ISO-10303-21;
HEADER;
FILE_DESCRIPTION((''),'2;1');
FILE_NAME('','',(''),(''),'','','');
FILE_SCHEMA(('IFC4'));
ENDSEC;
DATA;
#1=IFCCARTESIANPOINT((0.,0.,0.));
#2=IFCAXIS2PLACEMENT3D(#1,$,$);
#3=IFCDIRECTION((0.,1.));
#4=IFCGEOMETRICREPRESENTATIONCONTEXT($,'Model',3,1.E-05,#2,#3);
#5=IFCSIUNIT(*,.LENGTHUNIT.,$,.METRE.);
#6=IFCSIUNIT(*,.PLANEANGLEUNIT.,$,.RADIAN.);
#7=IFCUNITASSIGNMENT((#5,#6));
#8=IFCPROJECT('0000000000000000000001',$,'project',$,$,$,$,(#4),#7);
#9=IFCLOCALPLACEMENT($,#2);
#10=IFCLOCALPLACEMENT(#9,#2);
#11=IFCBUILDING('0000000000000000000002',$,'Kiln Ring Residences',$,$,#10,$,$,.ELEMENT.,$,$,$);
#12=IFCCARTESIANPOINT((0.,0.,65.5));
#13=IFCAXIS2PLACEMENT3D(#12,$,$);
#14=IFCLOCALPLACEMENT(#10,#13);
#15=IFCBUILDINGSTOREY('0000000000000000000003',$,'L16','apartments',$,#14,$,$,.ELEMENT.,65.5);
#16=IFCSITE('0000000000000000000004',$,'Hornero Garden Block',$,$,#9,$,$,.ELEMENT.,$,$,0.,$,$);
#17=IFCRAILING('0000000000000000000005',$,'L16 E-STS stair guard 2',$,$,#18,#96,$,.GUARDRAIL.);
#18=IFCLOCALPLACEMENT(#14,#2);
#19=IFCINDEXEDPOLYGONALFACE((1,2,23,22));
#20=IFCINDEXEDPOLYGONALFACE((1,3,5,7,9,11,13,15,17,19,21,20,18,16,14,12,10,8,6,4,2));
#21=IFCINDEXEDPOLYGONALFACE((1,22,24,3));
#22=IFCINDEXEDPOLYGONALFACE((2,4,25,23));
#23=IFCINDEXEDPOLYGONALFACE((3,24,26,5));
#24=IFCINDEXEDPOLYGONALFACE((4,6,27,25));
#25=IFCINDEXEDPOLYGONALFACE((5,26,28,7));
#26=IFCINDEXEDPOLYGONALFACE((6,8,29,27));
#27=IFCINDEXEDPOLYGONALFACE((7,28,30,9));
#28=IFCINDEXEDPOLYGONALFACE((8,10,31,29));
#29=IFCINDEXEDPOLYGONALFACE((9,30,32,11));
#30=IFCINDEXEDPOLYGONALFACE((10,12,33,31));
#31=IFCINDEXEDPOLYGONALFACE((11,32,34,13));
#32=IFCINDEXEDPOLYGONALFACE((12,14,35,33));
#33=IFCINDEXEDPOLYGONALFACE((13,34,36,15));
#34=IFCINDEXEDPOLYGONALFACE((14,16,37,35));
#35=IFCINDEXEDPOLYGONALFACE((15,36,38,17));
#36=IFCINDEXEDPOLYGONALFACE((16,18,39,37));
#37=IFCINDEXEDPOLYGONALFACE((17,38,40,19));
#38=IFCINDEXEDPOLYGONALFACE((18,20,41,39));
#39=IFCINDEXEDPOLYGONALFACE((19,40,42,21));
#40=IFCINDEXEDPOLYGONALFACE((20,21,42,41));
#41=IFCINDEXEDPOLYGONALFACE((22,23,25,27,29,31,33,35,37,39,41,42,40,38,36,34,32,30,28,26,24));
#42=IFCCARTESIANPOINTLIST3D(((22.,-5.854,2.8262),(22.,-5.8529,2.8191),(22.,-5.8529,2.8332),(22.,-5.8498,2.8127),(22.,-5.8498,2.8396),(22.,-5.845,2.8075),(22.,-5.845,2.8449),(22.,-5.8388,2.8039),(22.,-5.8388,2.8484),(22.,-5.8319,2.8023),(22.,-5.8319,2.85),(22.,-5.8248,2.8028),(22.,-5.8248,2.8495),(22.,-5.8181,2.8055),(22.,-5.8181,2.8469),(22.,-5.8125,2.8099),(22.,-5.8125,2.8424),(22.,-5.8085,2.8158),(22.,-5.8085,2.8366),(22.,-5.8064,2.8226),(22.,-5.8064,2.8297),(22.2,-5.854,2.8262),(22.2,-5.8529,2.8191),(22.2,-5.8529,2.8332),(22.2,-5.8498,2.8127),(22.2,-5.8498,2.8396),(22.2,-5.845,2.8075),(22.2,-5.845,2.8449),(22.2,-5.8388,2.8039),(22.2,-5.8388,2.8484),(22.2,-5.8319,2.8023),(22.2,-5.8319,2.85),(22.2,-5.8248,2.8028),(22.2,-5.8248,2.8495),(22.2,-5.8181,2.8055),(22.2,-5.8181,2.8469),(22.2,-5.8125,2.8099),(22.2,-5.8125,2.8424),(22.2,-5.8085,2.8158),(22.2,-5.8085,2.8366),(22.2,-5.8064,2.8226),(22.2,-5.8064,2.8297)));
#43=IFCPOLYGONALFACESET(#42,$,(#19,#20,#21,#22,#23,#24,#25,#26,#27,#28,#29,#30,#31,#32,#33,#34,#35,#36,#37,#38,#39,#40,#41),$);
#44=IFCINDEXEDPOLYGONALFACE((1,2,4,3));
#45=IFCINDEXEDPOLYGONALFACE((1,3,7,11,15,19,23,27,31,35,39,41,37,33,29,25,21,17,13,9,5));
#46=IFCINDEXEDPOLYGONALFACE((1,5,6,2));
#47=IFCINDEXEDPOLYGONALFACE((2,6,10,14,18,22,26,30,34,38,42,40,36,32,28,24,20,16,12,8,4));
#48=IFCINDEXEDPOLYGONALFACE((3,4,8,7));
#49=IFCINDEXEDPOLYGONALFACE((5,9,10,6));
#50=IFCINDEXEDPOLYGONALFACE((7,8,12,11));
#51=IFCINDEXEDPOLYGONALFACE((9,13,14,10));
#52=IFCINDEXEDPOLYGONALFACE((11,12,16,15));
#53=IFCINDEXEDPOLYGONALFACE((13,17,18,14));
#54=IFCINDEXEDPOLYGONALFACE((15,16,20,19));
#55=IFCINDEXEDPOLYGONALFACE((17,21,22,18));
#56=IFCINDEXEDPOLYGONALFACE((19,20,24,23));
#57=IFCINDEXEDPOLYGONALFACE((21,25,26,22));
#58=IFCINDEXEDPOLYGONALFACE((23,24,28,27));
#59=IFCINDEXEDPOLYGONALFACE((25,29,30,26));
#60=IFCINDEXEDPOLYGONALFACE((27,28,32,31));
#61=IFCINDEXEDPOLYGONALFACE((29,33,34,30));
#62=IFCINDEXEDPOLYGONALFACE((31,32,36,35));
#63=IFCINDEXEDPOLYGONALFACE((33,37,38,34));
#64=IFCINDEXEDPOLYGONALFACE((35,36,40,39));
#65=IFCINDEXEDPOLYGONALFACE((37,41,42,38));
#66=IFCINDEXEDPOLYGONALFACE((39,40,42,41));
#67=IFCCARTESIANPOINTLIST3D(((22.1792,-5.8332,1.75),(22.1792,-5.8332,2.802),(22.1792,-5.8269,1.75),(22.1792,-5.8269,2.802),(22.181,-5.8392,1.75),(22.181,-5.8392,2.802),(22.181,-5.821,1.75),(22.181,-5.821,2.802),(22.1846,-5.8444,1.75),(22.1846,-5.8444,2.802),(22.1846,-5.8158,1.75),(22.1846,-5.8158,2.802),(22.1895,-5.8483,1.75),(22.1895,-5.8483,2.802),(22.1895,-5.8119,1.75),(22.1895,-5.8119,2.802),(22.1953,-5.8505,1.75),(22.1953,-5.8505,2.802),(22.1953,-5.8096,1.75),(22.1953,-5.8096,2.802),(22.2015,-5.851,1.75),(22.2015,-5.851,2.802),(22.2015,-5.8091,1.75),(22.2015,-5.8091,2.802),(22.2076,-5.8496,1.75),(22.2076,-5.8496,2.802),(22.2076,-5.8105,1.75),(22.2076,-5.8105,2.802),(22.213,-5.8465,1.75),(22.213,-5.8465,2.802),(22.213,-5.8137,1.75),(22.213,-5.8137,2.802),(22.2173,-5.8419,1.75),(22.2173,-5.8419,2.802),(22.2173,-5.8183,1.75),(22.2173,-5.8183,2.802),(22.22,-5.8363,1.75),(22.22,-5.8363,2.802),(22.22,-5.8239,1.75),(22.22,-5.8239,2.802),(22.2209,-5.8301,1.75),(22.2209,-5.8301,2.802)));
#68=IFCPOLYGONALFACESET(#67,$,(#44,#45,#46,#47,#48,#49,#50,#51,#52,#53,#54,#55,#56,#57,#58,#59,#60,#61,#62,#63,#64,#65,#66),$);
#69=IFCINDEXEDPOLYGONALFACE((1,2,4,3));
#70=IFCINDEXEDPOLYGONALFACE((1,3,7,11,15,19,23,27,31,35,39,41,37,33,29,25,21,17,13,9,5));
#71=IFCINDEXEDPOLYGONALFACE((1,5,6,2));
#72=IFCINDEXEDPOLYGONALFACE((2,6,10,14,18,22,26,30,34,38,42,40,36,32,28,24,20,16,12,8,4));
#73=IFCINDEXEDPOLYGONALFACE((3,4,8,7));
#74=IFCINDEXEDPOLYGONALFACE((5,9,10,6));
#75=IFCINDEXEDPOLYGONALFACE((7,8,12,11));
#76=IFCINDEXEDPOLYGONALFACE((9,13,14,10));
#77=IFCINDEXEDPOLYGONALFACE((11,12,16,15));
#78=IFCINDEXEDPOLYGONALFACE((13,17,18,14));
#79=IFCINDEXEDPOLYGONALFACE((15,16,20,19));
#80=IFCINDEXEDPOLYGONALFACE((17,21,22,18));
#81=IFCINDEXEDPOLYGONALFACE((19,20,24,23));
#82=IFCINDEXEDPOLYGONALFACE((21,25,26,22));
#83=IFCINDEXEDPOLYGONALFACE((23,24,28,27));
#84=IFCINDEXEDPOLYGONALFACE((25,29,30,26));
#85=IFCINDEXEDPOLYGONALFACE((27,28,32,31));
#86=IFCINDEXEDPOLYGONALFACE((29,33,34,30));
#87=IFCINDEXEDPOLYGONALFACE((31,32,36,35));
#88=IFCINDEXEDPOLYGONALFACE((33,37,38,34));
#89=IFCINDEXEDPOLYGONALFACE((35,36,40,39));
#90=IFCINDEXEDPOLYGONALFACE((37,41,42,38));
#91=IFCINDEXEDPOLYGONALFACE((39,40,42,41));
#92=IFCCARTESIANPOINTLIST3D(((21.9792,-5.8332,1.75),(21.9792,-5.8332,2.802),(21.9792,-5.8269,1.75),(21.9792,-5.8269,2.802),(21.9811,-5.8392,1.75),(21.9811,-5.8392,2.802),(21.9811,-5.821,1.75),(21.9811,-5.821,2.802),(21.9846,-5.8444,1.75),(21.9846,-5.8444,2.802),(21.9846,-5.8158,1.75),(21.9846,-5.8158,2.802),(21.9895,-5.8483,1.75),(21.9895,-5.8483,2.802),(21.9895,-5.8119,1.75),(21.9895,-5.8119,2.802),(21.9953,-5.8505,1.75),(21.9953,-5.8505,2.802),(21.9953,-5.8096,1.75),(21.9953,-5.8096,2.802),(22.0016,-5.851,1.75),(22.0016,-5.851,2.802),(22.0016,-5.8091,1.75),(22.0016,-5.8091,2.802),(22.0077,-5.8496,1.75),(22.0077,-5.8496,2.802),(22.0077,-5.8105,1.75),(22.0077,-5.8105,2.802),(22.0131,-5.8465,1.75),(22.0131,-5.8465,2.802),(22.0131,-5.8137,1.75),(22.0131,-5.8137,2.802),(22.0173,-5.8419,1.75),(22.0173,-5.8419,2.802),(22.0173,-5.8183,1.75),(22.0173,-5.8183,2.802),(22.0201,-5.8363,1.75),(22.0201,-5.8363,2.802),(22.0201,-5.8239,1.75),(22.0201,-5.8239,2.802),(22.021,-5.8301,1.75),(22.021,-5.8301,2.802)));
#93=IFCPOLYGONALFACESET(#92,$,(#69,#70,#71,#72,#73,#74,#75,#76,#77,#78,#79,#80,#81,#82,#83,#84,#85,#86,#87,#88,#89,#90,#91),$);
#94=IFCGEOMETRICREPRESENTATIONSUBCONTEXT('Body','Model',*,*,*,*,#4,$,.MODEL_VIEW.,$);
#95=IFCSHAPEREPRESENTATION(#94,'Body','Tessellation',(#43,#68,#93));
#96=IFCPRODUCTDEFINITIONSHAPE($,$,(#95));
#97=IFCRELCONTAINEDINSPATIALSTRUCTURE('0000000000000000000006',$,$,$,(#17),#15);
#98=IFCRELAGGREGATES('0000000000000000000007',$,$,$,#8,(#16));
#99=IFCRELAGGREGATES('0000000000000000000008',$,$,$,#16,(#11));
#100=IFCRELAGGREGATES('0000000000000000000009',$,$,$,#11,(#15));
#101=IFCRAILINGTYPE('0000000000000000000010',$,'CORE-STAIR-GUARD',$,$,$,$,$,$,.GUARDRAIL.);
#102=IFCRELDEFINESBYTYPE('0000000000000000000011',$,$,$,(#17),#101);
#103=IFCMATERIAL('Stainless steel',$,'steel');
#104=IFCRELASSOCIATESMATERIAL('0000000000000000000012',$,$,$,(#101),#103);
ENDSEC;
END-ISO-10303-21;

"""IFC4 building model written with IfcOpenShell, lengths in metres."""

from ifc_helpers import new_model, si_unit, direction, frame, origin, origin_2d, place, context, subcontext, project, spatial, circle, extrude, material, type_object, element, save


model = new_model("IFC4")

# Units and contexts
model_context = context("Model", 3, precision=1e-05, world=origin(), true_north=direction((0.0, 1.0)))
body_context = subcontext(model_context, "Body", "Model", "MODEL_VIEW")
ifc_project = project(units=[si_unit("LENGTHUNIT", "METRE"), si_unit("PLANEANGLEUNIT", "RADIAN")], contexts=[model_context])

# Site, building, storey
site_placement = place(None, origin())
site = spatial("IfcSite", under=ifc_project, at=site_placement, Name="Hornero Garden Block", CompositionType="ELEMENT", RefElevation=0.0)
building_placement = place(site_placement, origin())
building = spatial("IfcBuilding", under=site, at=building_placement, Name="Kiln Ring Residences", CompositionType="ELEMENT")
storey_placement = place(building_placement, frame((0.0, 0.0, 65.5)))
storey = spatial("IfcBuildingStorey", under=building, at=storey_placement, Name="L16", Description="apartments", CompositionType="ELEMENT", Elevation=65.5)

# Railing
ifc_material_1 = material(Name="Stainless steel", Category="steel")
railing_type_1 = type_object("IfcRailingType", Name="CORE-STAIR-GUARD", PredefinedType="GUARDRAIL", material=ifc_material_1)
railing_1_placement = place(storey_placement, frame((22.2, -5.8301, 1.75)))
element("IfcRailing", 1, at=railing_1_placement, inside=storey, type_object=railing_type_1, Name="L16 E-STS stair guard 2", PredefinedType="GUARDRAIL", context=body_context, shape_type="SweptSolid", body=[
    extrude(circle(Radius=0.0239, at=origin_2d()), frame((0.0, 0.0, 1.0762), z_axis=(-1.0, 0.0, 0.0), x_axis=(0.0, -1.0, 0.0)), (0.0, 0.0, 1.0), 0.2),
    extrude(circle(Radius=0.021, at=origin_2d()), origin(), (0.0, 0.0, 1.0), 1.052),
    extrude(circle(Radius=0.021, at=origin_2d()), frame((-0.2, 0.0, 0.0)), (0.0, 0.0, 1.0), 1.052),
])

save(model, "model.ifc")
